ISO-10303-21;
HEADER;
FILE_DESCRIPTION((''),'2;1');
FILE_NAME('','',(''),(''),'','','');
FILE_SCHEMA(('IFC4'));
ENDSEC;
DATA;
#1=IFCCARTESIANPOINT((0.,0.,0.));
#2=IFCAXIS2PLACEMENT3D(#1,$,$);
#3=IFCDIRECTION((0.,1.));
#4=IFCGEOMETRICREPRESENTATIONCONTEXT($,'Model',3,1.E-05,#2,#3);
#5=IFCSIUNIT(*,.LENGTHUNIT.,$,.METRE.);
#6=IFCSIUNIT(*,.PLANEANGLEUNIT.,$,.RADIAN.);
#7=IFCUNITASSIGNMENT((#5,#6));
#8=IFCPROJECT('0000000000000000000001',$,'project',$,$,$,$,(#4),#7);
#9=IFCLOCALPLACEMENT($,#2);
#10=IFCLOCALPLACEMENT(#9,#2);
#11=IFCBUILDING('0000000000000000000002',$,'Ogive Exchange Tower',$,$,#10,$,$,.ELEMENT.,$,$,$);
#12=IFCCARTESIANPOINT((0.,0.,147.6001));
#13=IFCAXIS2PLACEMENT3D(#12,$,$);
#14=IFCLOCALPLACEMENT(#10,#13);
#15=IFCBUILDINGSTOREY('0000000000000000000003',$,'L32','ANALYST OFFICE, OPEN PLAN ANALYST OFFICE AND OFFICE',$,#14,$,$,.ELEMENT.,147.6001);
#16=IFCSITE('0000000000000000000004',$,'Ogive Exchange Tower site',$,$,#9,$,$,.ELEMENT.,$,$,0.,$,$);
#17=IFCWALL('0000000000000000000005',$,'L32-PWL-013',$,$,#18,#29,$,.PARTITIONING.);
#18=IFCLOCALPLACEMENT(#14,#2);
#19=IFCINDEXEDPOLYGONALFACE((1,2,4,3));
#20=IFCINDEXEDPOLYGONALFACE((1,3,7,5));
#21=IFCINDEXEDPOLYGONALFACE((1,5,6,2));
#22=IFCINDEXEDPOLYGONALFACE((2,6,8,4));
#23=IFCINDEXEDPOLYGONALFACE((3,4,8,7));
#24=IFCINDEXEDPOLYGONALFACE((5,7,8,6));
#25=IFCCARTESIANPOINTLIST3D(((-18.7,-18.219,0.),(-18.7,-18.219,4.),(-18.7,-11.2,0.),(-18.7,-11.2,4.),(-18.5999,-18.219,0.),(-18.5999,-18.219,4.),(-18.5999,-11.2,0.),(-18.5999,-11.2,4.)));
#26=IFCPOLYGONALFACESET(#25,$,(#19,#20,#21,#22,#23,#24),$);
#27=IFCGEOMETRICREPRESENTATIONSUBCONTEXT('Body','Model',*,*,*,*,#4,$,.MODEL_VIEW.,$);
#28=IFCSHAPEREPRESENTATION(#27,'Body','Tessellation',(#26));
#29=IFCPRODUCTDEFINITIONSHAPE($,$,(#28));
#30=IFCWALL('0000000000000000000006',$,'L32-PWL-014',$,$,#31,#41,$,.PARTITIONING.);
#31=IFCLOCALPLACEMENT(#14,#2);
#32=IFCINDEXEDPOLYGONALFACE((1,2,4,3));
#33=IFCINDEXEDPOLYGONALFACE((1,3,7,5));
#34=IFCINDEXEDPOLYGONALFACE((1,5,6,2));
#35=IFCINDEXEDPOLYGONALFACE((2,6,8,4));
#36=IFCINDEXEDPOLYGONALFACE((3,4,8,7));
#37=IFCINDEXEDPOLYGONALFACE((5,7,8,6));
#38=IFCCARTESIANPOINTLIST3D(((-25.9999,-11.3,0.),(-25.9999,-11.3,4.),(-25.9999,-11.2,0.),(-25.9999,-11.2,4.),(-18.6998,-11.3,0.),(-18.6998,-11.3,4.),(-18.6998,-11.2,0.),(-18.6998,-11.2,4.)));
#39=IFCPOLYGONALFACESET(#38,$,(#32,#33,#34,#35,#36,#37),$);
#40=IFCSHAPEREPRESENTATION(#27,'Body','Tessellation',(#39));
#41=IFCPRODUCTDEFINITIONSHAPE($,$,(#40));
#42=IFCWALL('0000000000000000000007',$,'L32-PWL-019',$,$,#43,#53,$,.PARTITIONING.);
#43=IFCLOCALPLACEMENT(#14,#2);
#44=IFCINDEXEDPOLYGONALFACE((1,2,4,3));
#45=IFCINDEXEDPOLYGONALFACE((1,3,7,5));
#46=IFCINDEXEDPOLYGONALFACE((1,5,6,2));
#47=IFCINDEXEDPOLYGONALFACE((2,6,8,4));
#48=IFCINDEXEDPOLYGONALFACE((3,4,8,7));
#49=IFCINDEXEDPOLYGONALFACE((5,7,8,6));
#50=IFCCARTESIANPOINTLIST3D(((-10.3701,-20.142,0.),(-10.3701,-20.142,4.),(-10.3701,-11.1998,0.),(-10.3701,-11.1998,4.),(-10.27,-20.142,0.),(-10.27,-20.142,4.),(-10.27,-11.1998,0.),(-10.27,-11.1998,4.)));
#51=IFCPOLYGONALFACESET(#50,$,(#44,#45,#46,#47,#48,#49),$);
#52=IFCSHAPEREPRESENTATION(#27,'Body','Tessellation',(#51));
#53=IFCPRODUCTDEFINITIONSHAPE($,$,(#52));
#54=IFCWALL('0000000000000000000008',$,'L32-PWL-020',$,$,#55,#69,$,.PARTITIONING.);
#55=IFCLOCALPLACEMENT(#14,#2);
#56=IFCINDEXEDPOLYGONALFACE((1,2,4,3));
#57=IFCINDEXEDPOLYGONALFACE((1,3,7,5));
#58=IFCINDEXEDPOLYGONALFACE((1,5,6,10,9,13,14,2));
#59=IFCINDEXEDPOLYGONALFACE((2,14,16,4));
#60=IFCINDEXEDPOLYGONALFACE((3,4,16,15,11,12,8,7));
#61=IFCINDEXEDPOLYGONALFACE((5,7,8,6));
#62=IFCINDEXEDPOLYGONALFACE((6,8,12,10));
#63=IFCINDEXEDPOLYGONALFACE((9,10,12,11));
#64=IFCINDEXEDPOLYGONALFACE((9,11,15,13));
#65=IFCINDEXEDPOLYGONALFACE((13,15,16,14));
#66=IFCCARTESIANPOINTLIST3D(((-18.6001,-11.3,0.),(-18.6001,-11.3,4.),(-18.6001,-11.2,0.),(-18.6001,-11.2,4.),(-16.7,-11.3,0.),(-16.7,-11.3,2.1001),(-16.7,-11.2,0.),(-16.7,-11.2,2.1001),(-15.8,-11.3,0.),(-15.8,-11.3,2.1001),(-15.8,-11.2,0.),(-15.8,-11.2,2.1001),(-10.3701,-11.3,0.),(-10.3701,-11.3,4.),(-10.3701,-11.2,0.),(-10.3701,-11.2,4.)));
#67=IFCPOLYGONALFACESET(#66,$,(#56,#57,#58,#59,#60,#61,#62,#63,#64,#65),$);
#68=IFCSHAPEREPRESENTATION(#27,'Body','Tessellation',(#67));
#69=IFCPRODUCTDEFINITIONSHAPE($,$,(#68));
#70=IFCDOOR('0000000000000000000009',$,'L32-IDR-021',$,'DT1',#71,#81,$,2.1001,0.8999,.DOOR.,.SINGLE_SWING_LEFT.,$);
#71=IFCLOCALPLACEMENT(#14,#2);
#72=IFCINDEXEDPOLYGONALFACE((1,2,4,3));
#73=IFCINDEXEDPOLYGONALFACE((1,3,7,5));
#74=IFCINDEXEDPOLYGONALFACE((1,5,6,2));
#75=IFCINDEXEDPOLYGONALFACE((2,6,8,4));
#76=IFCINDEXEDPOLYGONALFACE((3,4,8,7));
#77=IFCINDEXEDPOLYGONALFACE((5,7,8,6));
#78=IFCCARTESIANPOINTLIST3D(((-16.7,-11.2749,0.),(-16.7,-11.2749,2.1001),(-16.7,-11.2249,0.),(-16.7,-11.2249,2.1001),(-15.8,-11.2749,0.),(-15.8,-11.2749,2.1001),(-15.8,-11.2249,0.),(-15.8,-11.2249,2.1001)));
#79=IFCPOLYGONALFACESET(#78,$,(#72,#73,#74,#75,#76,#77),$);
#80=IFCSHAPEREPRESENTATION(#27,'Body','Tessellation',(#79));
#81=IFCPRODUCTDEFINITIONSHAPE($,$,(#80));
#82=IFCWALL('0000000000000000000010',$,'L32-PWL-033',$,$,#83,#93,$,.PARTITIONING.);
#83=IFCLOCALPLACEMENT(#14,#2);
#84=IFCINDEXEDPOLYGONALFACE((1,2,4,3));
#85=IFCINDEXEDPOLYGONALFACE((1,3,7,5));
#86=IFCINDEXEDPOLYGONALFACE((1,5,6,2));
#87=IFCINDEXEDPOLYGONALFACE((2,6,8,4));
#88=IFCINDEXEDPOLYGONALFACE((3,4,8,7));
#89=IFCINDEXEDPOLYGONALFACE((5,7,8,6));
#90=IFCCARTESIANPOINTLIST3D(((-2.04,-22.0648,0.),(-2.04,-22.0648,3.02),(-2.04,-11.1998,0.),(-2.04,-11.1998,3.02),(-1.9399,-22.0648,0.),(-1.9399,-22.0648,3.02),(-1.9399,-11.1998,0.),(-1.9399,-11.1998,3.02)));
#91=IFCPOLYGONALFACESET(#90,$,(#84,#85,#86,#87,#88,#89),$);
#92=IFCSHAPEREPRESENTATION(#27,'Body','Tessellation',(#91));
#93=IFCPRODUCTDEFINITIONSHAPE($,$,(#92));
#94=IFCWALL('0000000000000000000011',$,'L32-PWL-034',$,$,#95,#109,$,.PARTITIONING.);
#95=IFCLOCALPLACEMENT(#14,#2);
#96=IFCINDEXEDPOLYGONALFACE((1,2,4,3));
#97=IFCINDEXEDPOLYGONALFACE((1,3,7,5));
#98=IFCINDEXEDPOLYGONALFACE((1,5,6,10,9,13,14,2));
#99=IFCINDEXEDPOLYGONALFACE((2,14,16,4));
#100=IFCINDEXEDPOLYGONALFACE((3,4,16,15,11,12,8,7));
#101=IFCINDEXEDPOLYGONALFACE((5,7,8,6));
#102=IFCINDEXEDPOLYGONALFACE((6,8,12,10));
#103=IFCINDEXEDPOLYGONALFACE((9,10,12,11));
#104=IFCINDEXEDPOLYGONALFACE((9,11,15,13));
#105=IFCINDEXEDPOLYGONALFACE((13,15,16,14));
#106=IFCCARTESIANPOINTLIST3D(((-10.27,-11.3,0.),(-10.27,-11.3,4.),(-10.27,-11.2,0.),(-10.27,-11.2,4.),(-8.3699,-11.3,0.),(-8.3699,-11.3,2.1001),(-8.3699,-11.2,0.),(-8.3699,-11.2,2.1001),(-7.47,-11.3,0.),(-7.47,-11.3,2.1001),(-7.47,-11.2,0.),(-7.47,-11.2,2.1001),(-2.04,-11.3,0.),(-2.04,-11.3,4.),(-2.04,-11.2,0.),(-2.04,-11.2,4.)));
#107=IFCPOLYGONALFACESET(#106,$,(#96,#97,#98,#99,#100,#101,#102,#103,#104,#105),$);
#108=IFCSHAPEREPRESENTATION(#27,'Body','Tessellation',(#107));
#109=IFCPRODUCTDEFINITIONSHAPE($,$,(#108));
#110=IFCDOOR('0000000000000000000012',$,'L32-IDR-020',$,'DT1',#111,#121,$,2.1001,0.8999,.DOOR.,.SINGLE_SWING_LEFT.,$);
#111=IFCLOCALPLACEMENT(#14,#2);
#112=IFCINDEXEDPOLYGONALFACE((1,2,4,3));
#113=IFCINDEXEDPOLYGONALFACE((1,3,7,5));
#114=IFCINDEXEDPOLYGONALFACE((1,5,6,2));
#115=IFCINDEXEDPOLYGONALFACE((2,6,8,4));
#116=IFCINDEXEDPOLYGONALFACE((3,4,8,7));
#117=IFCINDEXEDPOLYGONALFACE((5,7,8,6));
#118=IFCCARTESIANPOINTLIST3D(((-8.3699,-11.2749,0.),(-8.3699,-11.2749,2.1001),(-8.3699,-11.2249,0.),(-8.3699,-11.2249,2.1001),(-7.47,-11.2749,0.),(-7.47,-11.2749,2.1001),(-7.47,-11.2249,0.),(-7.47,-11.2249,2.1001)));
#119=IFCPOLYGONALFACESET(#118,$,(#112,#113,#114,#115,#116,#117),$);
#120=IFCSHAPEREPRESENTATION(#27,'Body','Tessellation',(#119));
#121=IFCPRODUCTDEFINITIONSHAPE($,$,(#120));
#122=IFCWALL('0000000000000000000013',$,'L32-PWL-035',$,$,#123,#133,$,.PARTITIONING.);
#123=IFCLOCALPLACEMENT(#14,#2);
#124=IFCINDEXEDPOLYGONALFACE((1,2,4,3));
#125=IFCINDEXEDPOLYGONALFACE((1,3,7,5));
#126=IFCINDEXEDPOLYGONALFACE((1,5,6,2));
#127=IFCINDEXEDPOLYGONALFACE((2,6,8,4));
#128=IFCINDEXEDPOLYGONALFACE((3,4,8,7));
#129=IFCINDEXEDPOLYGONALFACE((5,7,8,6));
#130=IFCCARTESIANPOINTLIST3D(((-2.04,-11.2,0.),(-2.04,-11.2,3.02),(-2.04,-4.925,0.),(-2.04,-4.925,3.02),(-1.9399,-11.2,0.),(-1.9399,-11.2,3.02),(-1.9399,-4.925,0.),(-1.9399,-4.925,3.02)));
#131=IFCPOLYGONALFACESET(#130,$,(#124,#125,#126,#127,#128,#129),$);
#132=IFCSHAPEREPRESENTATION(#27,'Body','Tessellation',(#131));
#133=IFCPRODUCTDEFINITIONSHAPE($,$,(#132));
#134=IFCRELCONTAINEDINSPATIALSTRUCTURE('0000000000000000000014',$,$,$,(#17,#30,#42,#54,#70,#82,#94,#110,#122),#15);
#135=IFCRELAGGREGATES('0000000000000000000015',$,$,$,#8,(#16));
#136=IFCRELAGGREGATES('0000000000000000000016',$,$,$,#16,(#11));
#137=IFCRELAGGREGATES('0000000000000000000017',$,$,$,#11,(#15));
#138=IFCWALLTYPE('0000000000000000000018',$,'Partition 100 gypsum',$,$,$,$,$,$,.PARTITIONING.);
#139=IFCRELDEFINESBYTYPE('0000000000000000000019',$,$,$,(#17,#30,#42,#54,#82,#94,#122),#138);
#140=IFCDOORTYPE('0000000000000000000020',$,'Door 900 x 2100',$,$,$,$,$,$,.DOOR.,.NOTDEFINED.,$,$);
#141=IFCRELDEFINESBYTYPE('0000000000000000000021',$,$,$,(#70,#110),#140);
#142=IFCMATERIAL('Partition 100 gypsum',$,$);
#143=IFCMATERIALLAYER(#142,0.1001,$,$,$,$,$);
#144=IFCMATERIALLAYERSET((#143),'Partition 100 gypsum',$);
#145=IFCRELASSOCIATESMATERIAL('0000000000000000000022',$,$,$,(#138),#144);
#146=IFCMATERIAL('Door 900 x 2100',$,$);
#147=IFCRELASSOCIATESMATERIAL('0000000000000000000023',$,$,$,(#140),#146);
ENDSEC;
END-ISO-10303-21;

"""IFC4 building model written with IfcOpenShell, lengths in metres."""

from ifc_helpers import new_model, si_unit, direction, frame, frame_2d, origin, place, context, subcontext, project, spatial, rectangle, extrude, material, layer, layer_set, type_object, element, fill, save


model = new_model("IFC4")

# Units and contexts
model_context = context("Model", 3, precision=1e-05, world=origin(), true_north=direction((0.0, 1.0)))
body_context = subcontext(model_context, "Body", "Model", "MODEL_VIEW")
ifc_project = project(units=[si_unit("LENGTHUNIT", "METRE"), si_unit("PLANEANGLEUNIT", "RADIAN")], contexts=[model_context])

# Site, building, storey
site_placement = place(None, origin())
site = spatial("IfcSite", under=ifc_project, at=site_placement, Name="Ogive Exchange Tower site", CompositionType="ELEMENT", RefElevation=0.0)
building_placement = place(site_placement, origin())
building = spatial("IfcBuilding", under=site, at=building_placement, Name="Ogive Exchange Tower", CompositionType="ELEMENT")
storey_placement = place(building_placement, frame((0.0, 0.0, 147.6001)))
storey = spatial("IfcBuildingStorey", under=building, at=storey_placement, Name="L32", Description="ANALYST OFFICE, OPEN PLAN ANALYST OFFICE AND OFFICE", CompositionType="ELEMENT", Elevation=147.6001)

# Walls
ifc_material_1 = material(Name="Partition 100 gypsum")
ifc_layer_1 = layer(ifc_material_1, 0.1001)
ifc_layer_set_1 = layer_set([ifc_layer_1], Name="Partition 100 gypsum")
wall_type_1 = type_object("IfcWallType", Name="Partition 100 gypsum", PredefinedType="PARTITIONING", material=ifc_layer_set_1)
wall_1_placement = place(storey_placement, frame((-18.6499, -18.219, 0.0), z_axis=(0.0, 0.0, 1.0), x_axis=(0.0, 1.0, 0.0)))
element("IfcWall", 1, at=wall_1_placement, inside=storey, type_object=wall_type_1, Name="L32-PWL-013", PredefinedType="PARTITIONING", context=body_context, shape_type="SweptSolid", body=[
    extrude(rectangle(XDim=7.019, YDim=0.1001, at=frame_2d((3.5095, 0.0))), origin(), (0.0, 0.0, 1.0), 4.0),
])
wall_2_placement = place(storey_placement, frame((-18.7, -11.25, 0.0), z_axis=(0.0, 0.0, 1.0), x_axis=(-1.0, 0.0, 0.0)))
element("IfcWall", 2, at=wall_2_placement, inside=storey, type_object=wall_type_1, Name="L32-PWL-014", PredefinedType="PARTITIONING", context=body_context, shape_type="SweptSolid", body=[
    extrude(rectangle(XDim=7.3, YDim=0.1001, at=frame_2d((3.6499, 0.0))), origin(), (0.0, 0.0, 1.0), 4.0),
])
wall_3_placement = place(storey_placement, frame((-10.3201, -20.1421, 0.0), z_axis=(0.0, 0.0, 1.0), x_axis=(0.0, 1.0, 0.0)))
element("IfcWall", 3, at=wall_3_placement, inside=storey, type_object=wall_type_1, Name="L32-PWL-019", PredefinedType="PARTITIONING", context=body_context, shape_type="SweptSolid", body=[
    extrude(rectangle(XDim=8.9421, YDim=0.1001, at=frame_2d((4.4712, 0.0))), origin(), (0.0, 0.0, 1.0), 4.0),
])

# Wall, opening, door
wall_4_placement = place(storey_placement, frame((-10.3701, -11.25, 0.0), z_axis=(0.0, 0.0, 1.0), x_axis=(-1.0, 0.0, 0.0)))
wall_4 = element("IfcWall", 4, at=wall_4_placement, inside=storey, type_object=wall_type_1, Name="L32-PWL-020", PredefinedType="PARTITIONING", context=body_context, shape_type="SweptSolid", body=[
    extrude(rectangle(XDim=8.23, YDim=0.1001, at=frame_2d((4.115, 0.0))), origin(), (0.0, 0.0, 1.0), 4.0),
])
opening_1_placement = place(wall_4_placement, frame((5.4299, 0.0, 0.0)))
opening_1 = element("IfcOpeningElement", 5, at=opening_1_placement, cuts=wall_4, PredefinedType="OPENING", context=body_context, shape_type="SweptSolid", body=[
    extrude(rectangle(XDim=0.8999, YDim=2.1001, at=frame_2d((0.45, 1.05))), frame((0.0, 0.0601, 0.0), z_axis=(0.0, -1.0, 0.0), x_axis=(1.0, 0.0, 0.0)), (0.0, 0.0, 1.0), 0.1201),
])
ifc_material_2 = material(Name="Door 900 x 2100")
door_type_1 = type_object("IfcDoorType", Name="Door 900 x 2100", OperationType="NOTDEFINED", PredefinedType="DOOR", material=ifc_material_2)
door_1_placement = place(opening_1_placement, origin())
door_1 = element("IfcDoor", 6, at=door_1_placement, inside=storey, type_object=door_type_1, Name="L32-IDR-021", ObjectType="DT1", OperationType="SINGLE_SWING_LEFT", OverallHeight=2.1001, OverallWidth=0.8999, PredefinedType="DOOR", context=body_context, shape_type="SweptSolid", body=[
    extrude(rectangle(XDim=0.8999, YDim=2.1001, at=frame_2d((0.45, 1.05))), frame((0.0, 0.0249, 0.0), z_axis=(0.0, -1.0, 0.0), x_axis=(1.0, 0.0, 0.0)), (0.0, 0.0, 1.0), 0.05),
])
fill(opening_1, door_1)

# Wall
wall_5_placement = place(storey_placement, frame((-1.99, -22.0649, 0.0), z_axis=(0.0, 0.0, 1.0), x_axis=(0.0, 1.0, 0.0)))
element("IfcWall", 7, at=wall_5_placement, inside=storey, type_object=wall_type_1, Name="L32-PWL-033", PredefinedType="PARTITIONING", context=body_context, shape_type="SweptSolid", body=[
    extrude(rectangle(XDim=10.865, YDim=0.1001, at=frame_2d((5.4326, 0.0))), origin(), (0.0, 0.0, 1.0), 3.02),
])

# Wall, opening, door
wall_6_placement = place(storey_placement, frame((-2.04, -11.25, 0.0), z_axis=(0.0, 0.0, 1.0), x_axis=(-1.0, 0.0, 0.0)))
wall_6 = element("IfcWall", 8, at=wall_6_placement, inside=storey, type_object=wall_type_1, Name="L32-PWL-034", PredefinedType="PARTITIONING", context=body_context, shape_type="SweptSolid", body=[
    extrude(rectangle(XDim=8.23, YDim=0.1001, at=frame_2d((4.115, 0.0))), origin(), (0.0, 0.0, 1.0), 4.0),
])
opening_2_placement = place(wall_6_placement, frame((5.4299, 0.0, 0.0)))
opening_2 = element("IfcOpeningElement", 9, at=opening_2_placement, cuts=wall_6, PredefinedType="OPENING", context=body_context, shape_type="SweptSolid", body=[
    extrude(rectangle(XDim=0.8999, YDim=2.1001, at=frame_2d((0.45, 1.05))), frame((0.0, 0.0601, 0.0), z_axis=(0.0, -1.0, 0.0), x_axis=(1.0, 0.0, 0.0)), (0.0, 0.0, 1.0), 0.1201),
])
door_2_placement = place(opening_2_placement, origin())
door_2 = element("IfcDoor", 10, at=door_2_placement, inside=storey, type_object=door_type_1, Name="L32-IDR-020", ObjectType="DT1", OperationType="SINGLE_SWING_LEFT", OverallHeight=2.1001, OverallWidth=0.8999, PredefinedType="DOOR", context=body_context, shape_type="SweptSolid", body=[
    extrude(rectangle(XDim=0.8999, YDim=2.1001, at=frame_2d((0.45, 1.05))), frame((0.0, 0.0249, 0.0), z_axis=(0.0, -1.0, 0.0), x_axis=(1.0, 0.0, 0.0)), (0.0, 0.0, 1.0), 0.05),
])
fill(opening_2, door_2)

# Wall
wall_7_placement = place(storey_placement, frame((-1.99, -11.2, 0.0), z_axis=(0.0, 0.0, 1.0), x_axis=(0.0, 1.0, 0.0)))
element("IfcWall", 11, at=wall_7_placement, inside=storey, type_object=wall_type_1, Name="L32-PWL-035", PredefinedType="PARTITIONING", context=body_context, shape_type="SweptSolid", body=[
    extrude(rectangle(XDim=6.2749, YDim=0.1001, at=frame_2d((3.1375, 0.0))), origin(), (0.0, 0.0, 1.0), 3.02),
])

save(model, "model.ifc")
